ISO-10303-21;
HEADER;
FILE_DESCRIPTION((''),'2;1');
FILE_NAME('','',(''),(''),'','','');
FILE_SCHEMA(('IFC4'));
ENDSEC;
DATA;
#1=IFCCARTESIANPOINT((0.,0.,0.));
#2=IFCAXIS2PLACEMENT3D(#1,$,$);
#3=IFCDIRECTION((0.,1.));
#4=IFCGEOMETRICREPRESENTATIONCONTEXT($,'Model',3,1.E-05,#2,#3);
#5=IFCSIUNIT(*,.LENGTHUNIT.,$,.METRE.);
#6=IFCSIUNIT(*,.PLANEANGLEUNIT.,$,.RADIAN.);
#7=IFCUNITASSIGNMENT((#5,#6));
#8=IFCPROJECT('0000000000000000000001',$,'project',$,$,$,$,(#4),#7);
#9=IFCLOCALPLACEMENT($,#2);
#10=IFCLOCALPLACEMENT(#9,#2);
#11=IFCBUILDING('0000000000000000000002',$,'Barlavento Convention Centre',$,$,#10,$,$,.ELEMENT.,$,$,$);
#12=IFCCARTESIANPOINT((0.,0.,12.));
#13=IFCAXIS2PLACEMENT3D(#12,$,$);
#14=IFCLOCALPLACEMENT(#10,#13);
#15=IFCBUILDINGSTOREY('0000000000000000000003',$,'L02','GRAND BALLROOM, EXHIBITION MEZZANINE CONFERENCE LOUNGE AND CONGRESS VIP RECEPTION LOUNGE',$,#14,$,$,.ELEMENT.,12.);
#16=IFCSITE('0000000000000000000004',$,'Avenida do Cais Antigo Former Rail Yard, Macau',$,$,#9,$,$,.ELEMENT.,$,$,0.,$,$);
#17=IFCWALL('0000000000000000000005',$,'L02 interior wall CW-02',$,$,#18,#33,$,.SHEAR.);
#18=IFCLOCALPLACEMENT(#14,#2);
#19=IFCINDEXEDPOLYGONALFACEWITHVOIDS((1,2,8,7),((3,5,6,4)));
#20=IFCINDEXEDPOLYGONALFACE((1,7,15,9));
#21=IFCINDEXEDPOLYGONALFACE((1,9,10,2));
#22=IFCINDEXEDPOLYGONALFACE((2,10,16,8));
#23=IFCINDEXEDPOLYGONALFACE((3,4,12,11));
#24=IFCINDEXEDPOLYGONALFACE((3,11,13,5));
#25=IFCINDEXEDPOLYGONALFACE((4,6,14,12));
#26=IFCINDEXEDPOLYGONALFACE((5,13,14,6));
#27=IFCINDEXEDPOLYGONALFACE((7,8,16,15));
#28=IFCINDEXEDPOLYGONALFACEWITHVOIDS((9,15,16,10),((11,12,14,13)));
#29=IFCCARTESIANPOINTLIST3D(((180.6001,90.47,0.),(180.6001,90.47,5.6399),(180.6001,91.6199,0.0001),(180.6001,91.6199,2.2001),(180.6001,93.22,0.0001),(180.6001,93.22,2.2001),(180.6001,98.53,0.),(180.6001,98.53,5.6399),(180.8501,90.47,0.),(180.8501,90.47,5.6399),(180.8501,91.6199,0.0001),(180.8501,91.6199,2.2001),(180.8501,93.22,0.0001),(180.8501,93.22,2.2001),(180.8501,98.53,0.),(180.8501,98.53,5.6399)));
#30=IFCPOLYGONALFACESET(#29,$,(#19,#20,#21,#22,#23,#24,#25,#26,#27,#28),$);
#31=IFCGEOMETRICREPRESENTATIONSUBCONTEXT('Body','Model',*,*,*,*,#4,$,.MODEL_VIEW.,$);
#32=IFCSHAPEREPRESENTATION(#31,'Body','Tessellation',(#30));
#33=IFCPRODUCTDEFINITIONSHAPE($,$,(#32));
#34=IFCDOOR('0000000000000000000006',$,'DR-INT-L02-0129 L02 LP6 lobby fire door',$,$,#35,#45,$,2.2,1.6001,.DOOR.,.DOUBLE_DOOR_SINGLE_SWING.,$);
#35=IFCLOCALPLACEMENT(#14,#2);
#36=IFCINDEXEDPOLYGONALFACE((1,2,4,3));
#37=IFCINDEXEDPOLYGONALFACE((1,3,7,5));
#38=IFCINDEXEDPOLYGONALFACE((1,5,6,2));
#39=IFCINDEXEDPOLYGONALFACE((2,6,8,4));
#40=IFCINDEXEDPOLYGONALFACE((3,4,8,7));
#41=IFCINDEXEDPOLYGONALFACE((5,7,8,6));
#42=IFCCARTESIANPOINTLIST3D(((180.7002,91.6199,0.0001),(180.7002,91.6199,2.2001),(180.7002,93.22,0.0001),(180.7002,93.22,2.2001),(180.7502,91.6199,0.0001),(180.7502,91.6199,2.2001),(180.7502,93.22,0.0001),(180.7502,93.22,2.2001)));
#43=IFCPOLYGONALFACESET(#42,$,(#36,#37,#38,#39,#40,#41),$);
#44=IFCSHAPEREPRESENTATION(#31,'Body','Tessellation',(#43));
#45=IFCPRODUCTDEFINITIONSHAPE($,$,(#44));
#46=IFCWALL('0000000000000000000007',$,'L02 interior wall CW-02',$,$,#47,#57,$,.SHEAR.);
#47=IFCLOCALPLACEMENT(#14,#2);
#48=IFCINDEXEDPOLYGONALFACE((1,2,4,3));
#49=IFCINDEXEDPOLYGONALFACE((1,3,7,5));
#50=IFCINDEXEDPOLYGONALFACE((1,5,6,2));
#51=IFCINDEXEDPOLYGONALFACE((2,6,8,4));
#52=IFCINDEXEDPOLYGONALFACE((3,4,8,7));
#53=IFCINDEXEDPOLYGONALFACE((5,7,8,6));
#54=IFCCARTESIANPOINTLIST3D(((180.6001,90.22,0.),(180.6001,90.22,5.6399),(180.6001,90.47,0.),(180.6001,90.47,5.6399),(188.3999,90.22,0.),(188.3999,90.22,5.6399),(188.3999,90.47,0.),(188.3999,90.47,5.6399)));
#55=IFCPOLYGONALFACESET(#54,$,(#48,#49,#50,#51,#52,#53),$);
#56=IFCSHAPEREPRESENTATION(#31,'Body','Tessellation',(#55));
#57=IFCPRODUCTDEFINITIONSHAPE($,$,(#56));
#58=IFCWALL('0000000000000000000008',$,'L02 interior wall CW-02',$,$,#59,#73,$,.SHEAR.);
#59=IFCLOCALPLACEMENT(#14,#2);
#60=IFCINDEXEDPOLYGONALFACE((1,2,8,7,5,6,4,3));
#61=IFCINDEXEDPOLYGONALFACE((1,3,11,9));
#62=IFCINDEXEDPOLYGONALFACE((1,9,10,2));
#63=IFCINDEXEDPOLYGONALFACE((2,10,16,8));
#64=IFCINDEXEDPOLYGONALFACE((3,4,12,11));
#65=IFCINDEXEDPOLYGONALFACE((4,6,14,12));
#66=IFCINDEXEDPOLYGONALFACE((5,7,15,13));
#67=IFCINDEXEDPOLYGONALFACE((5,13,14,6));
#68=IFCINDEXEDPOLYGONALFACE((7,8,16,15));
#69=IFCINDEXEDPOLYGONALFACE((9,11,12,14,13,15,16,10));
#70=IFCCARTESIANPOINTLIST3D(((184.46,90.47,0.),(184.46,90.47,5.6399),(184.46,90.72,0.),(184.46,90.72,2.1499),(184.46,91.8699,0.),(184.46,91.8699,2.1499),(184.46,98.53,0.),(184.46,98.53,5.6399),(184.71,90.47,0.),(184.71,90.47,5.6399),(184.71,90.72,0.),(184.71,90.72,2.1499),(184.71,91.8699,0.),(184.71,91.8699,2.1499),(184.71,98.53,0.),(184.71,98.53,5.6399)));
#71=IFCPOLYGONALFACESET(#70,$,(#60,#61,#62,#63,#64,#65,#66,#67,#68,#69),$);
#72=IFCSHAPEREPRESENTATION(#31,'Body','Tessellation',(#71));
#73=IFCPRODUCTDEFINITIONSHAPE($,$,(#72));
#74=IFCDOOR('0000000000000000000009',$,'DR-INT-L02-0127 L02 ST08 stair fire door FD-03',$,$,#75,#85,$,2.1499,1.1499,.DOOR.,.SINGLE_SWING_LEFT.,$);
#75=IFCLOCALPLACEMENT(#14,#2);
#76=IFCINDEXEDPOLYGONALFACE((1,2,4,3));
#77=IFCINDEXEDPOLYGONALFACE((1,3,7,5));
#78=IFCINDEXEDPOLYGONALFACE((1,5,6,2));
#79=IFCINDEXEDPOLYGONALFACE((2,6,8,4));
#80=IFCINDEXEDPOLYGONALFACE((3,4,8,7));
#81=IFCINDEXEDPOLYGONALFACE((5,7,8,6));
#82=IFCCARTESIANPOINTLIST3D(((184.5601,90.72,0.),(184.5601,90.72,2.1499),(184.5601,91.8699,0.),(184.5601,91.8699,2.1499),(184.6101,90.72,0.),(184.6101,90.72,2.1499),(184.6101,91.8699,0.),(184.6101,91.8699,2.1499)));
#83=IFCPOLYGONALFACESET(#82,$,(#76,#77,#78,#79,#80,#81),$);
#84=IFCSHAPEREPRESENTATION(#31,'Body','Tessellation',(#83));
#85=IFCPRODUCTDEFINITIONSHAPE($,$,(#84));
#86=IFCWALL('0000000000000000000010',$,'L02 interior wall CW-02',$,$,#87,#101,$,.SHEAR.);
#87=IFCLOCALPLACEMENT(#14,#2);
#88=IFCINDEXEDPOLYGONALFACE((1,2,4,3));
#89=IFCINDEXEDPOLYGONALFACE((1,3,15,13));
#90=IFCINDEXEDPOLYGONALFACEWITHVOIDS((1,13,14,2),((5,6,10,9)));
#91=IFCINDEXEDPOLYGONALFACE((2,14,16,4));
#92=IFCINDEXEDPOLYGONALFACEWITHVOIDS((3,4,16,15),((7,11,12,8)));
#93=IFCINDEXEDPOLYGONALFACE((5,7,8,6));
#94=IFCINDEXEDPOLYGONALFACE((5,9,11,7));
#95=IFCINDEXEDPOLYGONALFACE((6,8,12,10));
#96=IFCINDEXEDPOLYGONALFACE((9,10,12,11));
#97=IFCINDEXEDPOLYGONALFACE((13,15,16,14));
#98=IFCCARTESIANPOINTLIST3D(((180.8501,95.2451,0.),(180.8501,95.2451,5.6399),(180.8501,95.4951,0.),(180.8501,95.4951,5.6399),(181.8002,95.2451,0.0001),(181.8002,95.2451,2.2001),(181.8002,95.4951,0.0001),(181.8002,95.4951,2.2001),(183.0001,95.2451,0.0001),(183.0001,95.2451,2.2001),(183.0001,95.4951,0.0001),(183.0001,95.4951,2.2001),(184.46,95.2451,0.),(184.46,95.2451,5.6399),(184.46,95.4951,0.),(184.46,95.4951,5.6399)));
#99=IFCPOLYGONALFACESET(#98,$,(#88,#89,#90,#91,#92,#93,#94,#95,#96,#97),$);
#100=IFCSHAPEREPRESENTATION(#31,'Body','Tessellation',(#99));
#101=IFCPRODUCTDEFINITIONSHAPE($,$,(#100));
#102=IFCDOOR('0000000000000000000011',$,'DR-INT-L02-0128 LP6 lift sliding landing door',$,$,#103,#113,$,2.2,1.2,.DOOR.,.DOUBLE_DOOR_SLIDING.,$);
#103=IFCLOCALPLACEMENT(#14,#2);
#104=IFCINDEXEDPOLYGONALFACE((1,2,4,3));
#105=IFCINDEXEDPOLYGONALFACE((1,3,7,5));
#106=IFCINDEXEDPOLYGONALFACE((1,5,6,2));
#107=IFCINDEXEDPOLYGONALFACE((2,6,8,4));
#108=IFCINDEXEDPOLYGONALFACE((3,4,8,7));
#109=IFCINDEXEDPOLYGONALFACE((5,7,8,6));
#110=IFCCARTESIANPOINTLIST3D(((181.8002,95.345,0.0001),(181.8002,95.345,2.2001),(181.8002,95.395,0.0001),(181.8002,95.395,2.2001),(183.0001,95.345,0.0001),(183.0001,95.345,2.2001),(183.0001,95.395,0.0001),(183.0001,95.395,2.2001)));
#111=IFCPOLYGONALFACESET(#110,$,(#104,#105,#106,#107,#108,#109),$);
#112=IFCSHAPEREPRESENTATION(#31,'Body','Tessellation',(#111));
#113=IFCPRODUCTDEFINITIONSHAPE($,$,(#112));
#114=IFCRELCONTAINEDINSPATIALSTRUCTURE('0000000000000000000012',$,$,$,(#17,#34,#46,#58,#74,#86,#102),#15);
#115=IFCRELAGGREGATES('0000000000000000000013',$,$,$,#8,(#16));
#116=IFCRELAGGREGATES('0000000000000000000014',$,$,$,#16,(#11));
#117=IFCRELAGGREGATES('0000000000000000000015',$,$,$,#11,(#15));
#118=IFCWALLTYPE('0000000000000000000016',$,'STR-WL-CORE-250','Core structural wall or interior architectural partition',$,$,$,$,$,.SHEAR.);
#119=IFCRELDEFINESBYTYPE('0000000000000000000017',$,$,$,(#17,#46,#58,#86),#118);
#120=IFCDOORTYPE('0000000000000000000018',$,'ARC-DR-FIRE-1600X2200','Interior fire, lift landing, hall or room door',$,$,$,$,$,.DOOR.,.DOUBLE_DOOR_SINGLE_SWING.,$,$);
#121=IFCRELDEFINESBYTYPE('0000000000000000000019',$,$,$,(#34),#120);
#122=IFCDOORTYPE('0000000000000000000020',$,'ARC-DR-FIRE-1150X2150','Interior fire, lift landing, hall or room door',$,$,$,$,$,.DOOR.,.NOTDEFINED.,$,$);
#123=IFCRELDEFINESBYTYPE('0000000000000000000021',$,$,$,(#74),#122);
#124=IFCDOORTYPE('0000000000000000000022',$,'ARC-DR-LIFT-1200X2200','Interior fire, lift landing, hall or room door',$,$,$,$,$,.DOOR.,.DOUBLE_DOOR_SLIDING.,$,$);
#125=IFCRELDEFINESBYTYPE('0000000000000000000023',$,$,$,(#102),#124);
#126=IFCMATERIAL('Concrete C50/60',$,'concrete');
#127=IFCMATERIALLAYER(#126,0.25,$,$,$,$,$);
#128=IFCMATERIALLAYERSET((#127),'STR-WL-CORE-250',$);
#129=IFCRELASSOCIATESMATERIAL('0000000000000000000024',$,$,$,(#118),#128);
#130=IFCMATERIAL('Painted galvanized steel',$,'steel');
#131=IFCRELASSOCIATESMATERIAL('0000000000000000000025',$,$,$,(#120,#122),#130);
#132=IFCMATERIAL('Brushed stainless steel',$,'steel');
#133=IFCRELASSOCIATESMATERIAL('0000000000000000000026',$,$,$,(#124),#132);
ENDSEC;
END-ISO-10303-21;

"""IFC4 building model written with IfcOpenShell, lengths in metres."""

from ifc_helpers import new_model, si_unit, direction, frame, frame_2d, origin, place, context, subcontext, project, spatial, rectangle, extrude, material, layer, layer_set, type_object, element, fill, save


model = new_model("IFC4")

# Units and contexts
model_context = context("Model", 3, precision=1e-05, world=origin(), true_north=direction((0.0, 1.0)))
body_context = subcontext(model_context, "Body", "Model", "MODEL_VIEW")
ifc_project = project(units=[si_unit("LENGTHUNIT", "METRE"), si_unit("PLANEANGLEUNIT", "RADIAN")], contexts=[model_context])

# Site, building, storey
site_placement = place(None, origin())
site = spatial("IfcSite", under=ifc_project, at=site_placement, Name="Avenida do Cais Antigo Former Rail Yard, Macau", CompositionType="ELEMENT", RefElevation=0.0)
building_placement = place(site_placement, origin())
building = spatial("IfcBuilding", under=site, at=building_placement, Name="Barlavento Convention Centre", CompositionType="ELEMENT")
storey_placement = place(building_placement, frame((0.0, 0.0, 12.0)))
storey = spatial("IfcBuildingStorey", under=building, at=storey_placement, Name="L02", Description="GRAND BALLROOM, EXHIBITION MEZZANINE CONFERENCE LOUNGE AND CONGRESS VIP RECEPTION LOUNGE", CompositionType="ELEMENT", Elevation=12.0)

# Wall, opening, door
ifc_material_1 = material(Name="Concrete C50/60", Category="concrete")
ifc_layer_1 = layer(ifc_material_1, 0.25)
ifc_layer_set_1 = layer_set([ifc_layer_1], Name="STR-WL-CORE-250")
wall_type = type_object("IfcWallType", Name="STR-WL-CORE-250", Description="Core structural wall or interior architectural partition", PredefinedType="SHEAR", material=ifc_layer_set_1)
wall_1_placement = place(storey_placement, frame((180.7251, 90.47, 0.0), z_axis=(0.0, 0.0, 1.0), x_axis=(0.0, 1.0, 0.0)))
wall_1 = element("IfcWall", 1, at=wall_1_placement, inside=storey, type_object=wall_type, Name="L02 interior wall CW-02", PredefinedType="SHEAR", context=body_context, shape_type="SweptSolid", body=[
    extrude(rectangle(XDim=8.0601, YDim=0.25, at=frame_2d((4.03, 0.0))), origin(), (0.0, 0.0, 1.0), 5.6399),
])
opening_1_placement = place(wall_1_placement, frame((1.1499, 0.0, 0.0)))
opening_1 = element("IfcOpeningElement", 2, at=opening_1_placement, cuts=wall_1, PredefinedType="OPENING", context=body_context, shape_type="SweptSolid", body=[
    extrude(rectangle(XDim=1.6001, YDim=2.2, at=frame_2d((0.8, 1.1001))), frame((0.0, 0.135, 0.0), z_axis=(0.0, -1.0, 0.0), x_axis=(1.0, 0.0, 0.0)), (0.0, 0.0, 1.0), 0.27),
])
ifc_material_2 = material(Name="Painted galvanized steel", Category="steel")
door_type_1 = type_object("IfcDoorType", Name="ARC-DR-FIRE-1600X2200", Description="Interior fire, lift landing, hall or room door", OperationType="DOUBLE_DOOR_SINGLE_SWING", PredefinedType="DOOR", material=ifc_material_2)
door_1_placement = place(opening_1_placement, origin())
door_1 = element("IfcDoor", 3, at=door_1_placement, inside=storey, type_object=door_type_1, Name="DR-INT-L02-0129 L02 LP6 lobby fire door", OperationType="DOUBLE_DOOR_SINGLE_SWING", OverallHeight=2.2, OverallWidth=1.6001, PredefinedType="DOOR", context=body_context, shape_type="SweptSolid", body=[
    extrude(rectangle(XDim=1.6001, YDim=2.2, at=frame_2d((0.8, 1.1001))), frame((0.0, 0.0249, 0.0), z_axis=(0.0, -1.0, 0.0), x_axis=(1.0, 0.0, 0.0)), (0.0, 0.0, 1.0), 0.05),
])
fill(opening_1, door_1)

# Wall
wall_2_placement = place(storey_placement, frame((180.6001, 90.345, 0.0), z_axis=(0.0, 0.0, 1.0), x_axis=(1.0, 0.0, 0.0)))
element("IfcWall", 4, at=wall_2_placement, inside=storey, type_object=wall_type, Name="L02 interior wall CW-02", PredefinedType="SHEAR", context=body_context, shape_type="SweptSolid", body=[
    extrude(rectangle(XDim=7.7998, YDim=0.25, at=frame_2d((3.8999, 0.0))), origin(), (0.0, 0.0, 1.0), 5.6399),
])

# Walls, openings, doors
wall_3_placement = place(storey_placement, frame((184.585, 90.47, 0.0), z_axis=(0.0, 0.0, 1.0), x_axis=(0.0, 1.0, 0.0)))
wall_3 = element("IfcWall", 5, at=wall_3_placement, inside=storey, type_object=wall_type, Name="L02 interior wall CW-02", PredefinedType="SHEAR", context=body_context, shape_type="SweptSolid", body=[
    extrude(rectangle(XDim=8.0601, YDim=0.25, at=frame_2d((4.03, 0.0))), origin(), (0.0, 0.0, 1.0), 5.6399),
])
opening_2_placement = place(wall_3_placement, frame((0.25, 0.0, 0.0)))
opening_2 = element("IfcOpeningElement", 6, at=opening_2_placement, cuts=wall_3, PredefinedType="OPENING", context=body_context, shape_type="SweptSolid", body=[
    extrude(rectangle(XDim=1.1499, YDim=2.1499, at=frame_2d((0.575, 1.075))), frame((0.0, 0.135, 0.0), z_axis=(0.0, -1.0, 0.0), x_axis=(1.0, 0.0, 0.0)), (0.0, 0.0, 1.0), 0.27),
])
door_type_2 = type_object("IfcDoorType", Name="ARC-DR-FIRE-1150X2150", Description="Interior fire, lift landing, hall or room door", OperationType="NOTDEFINED", PredefinedType="DOOR", material=ifc_material_2)
door_2_placement = place(opening_2_placement, origin())
door_2 = element("IfcDoor", 7, at=door_2_placement, inside=storey, type_object=door_type_2, Name="DR-INT-L02-0127 L02 ST08 stair fire door FD-03", OperationType="SINGLE_SWING_LEFT", OverallHeight=2.1499, OverallWidth=1.1499, PredefinedType="DOOR", context=body_context, shape_type="SweptSolid", body=[
    extrude(rectangle(XDim=1.1499, YDim=2.1499, at=frame_2d((0.575, 1.075))), frame((0.0, 0.0249, 0.0), z_axis=(0.0, -1.0, 0.0), x_axis=(1.0, 0.0, 0.0)), (0.0, 0.0, 1.0), 0.05),
])
fill(opening_2, door_2)
wall_4_placement = place(storey_placement, frame((180.8501, 95.3701, 0.0), z_axis=(0.0, 0.0, 1.0), x_axis=(1.0, 0.0, 0.0)))
wall_4 = element("IfcWall", 8, at=wall_4_placement, inside=storey, type_object=wall_type, Name="L02 interior wall CW-02", PredefinedType="SHEAR", context=body_context, shape_type="SweptSolid", body=[
    extrude(rectangle(XDim=3.6099, YDim=0.25, at=frame_2d((1.8049, 0.0))), origin(), (0.0, 0.0, 1.0), 5.6399),
])
opening_3_placement = place(wall_4_placement, frame((0.95, 0.0, 0.0)))
opening_3 = element("IfcOpeningElement", 9, at=opening_3_placement, cuts=wall_4, PredefinedType="OPENING", context=body_context, shape_type="SweptSolid", body=[
    extrude(rectangle(XDim=1.2, YDim=2.2, at=frame_2d((0.6001, 1.1001))), frame((0.0, 0.135, 0.0), z_axis=(0.0, -1.0, 0.0), x_axis=(1.0, 0.0, 0.0)), (0.0, 0.0, 1.0), 0.27),
])
ifc_material_3 = material(Name="Brushed stainless steel", Category="steel")
door_type_3 = type_object("IfcDoorType", Name="ARC-DR-LIFT-1200X2200", Description="Interior fire, lift landing, hall or room door", OperationType="DOUBLE_DOOR_SLIDING", PredefinedType="DOOR", material=ifc_material_3)
door_3_placement = place(opening_3_placement, origin())
door_3 = element("IfcDoor", 10, at=door_3_placement, inside=storey, type_object=door_type_3, Name="DR-INT-L02-0128 LP6 lift sliding landing door", OperationType="DOUBLE_DOOR_SLIDING", OverallHeight=2.2, OverallWidth=1.2, PredefinedType="DOOR", context=body_context, shape_type="SweptSolid", body=[
    extrude(rectangle(XDim=1.2, YDim=2.2, at=frame_2d((0.6001, 1.1001))), frame((0.0, 0.0249, 0.0), z_axis=(0.0, -1.0, 0.0), x_axis=(1.0, 0.0, 0.0)), (0.0, 0.0, 1.0), 0.05),
])
fill(opening_3, door_3)

save(model, "model.ifc")
